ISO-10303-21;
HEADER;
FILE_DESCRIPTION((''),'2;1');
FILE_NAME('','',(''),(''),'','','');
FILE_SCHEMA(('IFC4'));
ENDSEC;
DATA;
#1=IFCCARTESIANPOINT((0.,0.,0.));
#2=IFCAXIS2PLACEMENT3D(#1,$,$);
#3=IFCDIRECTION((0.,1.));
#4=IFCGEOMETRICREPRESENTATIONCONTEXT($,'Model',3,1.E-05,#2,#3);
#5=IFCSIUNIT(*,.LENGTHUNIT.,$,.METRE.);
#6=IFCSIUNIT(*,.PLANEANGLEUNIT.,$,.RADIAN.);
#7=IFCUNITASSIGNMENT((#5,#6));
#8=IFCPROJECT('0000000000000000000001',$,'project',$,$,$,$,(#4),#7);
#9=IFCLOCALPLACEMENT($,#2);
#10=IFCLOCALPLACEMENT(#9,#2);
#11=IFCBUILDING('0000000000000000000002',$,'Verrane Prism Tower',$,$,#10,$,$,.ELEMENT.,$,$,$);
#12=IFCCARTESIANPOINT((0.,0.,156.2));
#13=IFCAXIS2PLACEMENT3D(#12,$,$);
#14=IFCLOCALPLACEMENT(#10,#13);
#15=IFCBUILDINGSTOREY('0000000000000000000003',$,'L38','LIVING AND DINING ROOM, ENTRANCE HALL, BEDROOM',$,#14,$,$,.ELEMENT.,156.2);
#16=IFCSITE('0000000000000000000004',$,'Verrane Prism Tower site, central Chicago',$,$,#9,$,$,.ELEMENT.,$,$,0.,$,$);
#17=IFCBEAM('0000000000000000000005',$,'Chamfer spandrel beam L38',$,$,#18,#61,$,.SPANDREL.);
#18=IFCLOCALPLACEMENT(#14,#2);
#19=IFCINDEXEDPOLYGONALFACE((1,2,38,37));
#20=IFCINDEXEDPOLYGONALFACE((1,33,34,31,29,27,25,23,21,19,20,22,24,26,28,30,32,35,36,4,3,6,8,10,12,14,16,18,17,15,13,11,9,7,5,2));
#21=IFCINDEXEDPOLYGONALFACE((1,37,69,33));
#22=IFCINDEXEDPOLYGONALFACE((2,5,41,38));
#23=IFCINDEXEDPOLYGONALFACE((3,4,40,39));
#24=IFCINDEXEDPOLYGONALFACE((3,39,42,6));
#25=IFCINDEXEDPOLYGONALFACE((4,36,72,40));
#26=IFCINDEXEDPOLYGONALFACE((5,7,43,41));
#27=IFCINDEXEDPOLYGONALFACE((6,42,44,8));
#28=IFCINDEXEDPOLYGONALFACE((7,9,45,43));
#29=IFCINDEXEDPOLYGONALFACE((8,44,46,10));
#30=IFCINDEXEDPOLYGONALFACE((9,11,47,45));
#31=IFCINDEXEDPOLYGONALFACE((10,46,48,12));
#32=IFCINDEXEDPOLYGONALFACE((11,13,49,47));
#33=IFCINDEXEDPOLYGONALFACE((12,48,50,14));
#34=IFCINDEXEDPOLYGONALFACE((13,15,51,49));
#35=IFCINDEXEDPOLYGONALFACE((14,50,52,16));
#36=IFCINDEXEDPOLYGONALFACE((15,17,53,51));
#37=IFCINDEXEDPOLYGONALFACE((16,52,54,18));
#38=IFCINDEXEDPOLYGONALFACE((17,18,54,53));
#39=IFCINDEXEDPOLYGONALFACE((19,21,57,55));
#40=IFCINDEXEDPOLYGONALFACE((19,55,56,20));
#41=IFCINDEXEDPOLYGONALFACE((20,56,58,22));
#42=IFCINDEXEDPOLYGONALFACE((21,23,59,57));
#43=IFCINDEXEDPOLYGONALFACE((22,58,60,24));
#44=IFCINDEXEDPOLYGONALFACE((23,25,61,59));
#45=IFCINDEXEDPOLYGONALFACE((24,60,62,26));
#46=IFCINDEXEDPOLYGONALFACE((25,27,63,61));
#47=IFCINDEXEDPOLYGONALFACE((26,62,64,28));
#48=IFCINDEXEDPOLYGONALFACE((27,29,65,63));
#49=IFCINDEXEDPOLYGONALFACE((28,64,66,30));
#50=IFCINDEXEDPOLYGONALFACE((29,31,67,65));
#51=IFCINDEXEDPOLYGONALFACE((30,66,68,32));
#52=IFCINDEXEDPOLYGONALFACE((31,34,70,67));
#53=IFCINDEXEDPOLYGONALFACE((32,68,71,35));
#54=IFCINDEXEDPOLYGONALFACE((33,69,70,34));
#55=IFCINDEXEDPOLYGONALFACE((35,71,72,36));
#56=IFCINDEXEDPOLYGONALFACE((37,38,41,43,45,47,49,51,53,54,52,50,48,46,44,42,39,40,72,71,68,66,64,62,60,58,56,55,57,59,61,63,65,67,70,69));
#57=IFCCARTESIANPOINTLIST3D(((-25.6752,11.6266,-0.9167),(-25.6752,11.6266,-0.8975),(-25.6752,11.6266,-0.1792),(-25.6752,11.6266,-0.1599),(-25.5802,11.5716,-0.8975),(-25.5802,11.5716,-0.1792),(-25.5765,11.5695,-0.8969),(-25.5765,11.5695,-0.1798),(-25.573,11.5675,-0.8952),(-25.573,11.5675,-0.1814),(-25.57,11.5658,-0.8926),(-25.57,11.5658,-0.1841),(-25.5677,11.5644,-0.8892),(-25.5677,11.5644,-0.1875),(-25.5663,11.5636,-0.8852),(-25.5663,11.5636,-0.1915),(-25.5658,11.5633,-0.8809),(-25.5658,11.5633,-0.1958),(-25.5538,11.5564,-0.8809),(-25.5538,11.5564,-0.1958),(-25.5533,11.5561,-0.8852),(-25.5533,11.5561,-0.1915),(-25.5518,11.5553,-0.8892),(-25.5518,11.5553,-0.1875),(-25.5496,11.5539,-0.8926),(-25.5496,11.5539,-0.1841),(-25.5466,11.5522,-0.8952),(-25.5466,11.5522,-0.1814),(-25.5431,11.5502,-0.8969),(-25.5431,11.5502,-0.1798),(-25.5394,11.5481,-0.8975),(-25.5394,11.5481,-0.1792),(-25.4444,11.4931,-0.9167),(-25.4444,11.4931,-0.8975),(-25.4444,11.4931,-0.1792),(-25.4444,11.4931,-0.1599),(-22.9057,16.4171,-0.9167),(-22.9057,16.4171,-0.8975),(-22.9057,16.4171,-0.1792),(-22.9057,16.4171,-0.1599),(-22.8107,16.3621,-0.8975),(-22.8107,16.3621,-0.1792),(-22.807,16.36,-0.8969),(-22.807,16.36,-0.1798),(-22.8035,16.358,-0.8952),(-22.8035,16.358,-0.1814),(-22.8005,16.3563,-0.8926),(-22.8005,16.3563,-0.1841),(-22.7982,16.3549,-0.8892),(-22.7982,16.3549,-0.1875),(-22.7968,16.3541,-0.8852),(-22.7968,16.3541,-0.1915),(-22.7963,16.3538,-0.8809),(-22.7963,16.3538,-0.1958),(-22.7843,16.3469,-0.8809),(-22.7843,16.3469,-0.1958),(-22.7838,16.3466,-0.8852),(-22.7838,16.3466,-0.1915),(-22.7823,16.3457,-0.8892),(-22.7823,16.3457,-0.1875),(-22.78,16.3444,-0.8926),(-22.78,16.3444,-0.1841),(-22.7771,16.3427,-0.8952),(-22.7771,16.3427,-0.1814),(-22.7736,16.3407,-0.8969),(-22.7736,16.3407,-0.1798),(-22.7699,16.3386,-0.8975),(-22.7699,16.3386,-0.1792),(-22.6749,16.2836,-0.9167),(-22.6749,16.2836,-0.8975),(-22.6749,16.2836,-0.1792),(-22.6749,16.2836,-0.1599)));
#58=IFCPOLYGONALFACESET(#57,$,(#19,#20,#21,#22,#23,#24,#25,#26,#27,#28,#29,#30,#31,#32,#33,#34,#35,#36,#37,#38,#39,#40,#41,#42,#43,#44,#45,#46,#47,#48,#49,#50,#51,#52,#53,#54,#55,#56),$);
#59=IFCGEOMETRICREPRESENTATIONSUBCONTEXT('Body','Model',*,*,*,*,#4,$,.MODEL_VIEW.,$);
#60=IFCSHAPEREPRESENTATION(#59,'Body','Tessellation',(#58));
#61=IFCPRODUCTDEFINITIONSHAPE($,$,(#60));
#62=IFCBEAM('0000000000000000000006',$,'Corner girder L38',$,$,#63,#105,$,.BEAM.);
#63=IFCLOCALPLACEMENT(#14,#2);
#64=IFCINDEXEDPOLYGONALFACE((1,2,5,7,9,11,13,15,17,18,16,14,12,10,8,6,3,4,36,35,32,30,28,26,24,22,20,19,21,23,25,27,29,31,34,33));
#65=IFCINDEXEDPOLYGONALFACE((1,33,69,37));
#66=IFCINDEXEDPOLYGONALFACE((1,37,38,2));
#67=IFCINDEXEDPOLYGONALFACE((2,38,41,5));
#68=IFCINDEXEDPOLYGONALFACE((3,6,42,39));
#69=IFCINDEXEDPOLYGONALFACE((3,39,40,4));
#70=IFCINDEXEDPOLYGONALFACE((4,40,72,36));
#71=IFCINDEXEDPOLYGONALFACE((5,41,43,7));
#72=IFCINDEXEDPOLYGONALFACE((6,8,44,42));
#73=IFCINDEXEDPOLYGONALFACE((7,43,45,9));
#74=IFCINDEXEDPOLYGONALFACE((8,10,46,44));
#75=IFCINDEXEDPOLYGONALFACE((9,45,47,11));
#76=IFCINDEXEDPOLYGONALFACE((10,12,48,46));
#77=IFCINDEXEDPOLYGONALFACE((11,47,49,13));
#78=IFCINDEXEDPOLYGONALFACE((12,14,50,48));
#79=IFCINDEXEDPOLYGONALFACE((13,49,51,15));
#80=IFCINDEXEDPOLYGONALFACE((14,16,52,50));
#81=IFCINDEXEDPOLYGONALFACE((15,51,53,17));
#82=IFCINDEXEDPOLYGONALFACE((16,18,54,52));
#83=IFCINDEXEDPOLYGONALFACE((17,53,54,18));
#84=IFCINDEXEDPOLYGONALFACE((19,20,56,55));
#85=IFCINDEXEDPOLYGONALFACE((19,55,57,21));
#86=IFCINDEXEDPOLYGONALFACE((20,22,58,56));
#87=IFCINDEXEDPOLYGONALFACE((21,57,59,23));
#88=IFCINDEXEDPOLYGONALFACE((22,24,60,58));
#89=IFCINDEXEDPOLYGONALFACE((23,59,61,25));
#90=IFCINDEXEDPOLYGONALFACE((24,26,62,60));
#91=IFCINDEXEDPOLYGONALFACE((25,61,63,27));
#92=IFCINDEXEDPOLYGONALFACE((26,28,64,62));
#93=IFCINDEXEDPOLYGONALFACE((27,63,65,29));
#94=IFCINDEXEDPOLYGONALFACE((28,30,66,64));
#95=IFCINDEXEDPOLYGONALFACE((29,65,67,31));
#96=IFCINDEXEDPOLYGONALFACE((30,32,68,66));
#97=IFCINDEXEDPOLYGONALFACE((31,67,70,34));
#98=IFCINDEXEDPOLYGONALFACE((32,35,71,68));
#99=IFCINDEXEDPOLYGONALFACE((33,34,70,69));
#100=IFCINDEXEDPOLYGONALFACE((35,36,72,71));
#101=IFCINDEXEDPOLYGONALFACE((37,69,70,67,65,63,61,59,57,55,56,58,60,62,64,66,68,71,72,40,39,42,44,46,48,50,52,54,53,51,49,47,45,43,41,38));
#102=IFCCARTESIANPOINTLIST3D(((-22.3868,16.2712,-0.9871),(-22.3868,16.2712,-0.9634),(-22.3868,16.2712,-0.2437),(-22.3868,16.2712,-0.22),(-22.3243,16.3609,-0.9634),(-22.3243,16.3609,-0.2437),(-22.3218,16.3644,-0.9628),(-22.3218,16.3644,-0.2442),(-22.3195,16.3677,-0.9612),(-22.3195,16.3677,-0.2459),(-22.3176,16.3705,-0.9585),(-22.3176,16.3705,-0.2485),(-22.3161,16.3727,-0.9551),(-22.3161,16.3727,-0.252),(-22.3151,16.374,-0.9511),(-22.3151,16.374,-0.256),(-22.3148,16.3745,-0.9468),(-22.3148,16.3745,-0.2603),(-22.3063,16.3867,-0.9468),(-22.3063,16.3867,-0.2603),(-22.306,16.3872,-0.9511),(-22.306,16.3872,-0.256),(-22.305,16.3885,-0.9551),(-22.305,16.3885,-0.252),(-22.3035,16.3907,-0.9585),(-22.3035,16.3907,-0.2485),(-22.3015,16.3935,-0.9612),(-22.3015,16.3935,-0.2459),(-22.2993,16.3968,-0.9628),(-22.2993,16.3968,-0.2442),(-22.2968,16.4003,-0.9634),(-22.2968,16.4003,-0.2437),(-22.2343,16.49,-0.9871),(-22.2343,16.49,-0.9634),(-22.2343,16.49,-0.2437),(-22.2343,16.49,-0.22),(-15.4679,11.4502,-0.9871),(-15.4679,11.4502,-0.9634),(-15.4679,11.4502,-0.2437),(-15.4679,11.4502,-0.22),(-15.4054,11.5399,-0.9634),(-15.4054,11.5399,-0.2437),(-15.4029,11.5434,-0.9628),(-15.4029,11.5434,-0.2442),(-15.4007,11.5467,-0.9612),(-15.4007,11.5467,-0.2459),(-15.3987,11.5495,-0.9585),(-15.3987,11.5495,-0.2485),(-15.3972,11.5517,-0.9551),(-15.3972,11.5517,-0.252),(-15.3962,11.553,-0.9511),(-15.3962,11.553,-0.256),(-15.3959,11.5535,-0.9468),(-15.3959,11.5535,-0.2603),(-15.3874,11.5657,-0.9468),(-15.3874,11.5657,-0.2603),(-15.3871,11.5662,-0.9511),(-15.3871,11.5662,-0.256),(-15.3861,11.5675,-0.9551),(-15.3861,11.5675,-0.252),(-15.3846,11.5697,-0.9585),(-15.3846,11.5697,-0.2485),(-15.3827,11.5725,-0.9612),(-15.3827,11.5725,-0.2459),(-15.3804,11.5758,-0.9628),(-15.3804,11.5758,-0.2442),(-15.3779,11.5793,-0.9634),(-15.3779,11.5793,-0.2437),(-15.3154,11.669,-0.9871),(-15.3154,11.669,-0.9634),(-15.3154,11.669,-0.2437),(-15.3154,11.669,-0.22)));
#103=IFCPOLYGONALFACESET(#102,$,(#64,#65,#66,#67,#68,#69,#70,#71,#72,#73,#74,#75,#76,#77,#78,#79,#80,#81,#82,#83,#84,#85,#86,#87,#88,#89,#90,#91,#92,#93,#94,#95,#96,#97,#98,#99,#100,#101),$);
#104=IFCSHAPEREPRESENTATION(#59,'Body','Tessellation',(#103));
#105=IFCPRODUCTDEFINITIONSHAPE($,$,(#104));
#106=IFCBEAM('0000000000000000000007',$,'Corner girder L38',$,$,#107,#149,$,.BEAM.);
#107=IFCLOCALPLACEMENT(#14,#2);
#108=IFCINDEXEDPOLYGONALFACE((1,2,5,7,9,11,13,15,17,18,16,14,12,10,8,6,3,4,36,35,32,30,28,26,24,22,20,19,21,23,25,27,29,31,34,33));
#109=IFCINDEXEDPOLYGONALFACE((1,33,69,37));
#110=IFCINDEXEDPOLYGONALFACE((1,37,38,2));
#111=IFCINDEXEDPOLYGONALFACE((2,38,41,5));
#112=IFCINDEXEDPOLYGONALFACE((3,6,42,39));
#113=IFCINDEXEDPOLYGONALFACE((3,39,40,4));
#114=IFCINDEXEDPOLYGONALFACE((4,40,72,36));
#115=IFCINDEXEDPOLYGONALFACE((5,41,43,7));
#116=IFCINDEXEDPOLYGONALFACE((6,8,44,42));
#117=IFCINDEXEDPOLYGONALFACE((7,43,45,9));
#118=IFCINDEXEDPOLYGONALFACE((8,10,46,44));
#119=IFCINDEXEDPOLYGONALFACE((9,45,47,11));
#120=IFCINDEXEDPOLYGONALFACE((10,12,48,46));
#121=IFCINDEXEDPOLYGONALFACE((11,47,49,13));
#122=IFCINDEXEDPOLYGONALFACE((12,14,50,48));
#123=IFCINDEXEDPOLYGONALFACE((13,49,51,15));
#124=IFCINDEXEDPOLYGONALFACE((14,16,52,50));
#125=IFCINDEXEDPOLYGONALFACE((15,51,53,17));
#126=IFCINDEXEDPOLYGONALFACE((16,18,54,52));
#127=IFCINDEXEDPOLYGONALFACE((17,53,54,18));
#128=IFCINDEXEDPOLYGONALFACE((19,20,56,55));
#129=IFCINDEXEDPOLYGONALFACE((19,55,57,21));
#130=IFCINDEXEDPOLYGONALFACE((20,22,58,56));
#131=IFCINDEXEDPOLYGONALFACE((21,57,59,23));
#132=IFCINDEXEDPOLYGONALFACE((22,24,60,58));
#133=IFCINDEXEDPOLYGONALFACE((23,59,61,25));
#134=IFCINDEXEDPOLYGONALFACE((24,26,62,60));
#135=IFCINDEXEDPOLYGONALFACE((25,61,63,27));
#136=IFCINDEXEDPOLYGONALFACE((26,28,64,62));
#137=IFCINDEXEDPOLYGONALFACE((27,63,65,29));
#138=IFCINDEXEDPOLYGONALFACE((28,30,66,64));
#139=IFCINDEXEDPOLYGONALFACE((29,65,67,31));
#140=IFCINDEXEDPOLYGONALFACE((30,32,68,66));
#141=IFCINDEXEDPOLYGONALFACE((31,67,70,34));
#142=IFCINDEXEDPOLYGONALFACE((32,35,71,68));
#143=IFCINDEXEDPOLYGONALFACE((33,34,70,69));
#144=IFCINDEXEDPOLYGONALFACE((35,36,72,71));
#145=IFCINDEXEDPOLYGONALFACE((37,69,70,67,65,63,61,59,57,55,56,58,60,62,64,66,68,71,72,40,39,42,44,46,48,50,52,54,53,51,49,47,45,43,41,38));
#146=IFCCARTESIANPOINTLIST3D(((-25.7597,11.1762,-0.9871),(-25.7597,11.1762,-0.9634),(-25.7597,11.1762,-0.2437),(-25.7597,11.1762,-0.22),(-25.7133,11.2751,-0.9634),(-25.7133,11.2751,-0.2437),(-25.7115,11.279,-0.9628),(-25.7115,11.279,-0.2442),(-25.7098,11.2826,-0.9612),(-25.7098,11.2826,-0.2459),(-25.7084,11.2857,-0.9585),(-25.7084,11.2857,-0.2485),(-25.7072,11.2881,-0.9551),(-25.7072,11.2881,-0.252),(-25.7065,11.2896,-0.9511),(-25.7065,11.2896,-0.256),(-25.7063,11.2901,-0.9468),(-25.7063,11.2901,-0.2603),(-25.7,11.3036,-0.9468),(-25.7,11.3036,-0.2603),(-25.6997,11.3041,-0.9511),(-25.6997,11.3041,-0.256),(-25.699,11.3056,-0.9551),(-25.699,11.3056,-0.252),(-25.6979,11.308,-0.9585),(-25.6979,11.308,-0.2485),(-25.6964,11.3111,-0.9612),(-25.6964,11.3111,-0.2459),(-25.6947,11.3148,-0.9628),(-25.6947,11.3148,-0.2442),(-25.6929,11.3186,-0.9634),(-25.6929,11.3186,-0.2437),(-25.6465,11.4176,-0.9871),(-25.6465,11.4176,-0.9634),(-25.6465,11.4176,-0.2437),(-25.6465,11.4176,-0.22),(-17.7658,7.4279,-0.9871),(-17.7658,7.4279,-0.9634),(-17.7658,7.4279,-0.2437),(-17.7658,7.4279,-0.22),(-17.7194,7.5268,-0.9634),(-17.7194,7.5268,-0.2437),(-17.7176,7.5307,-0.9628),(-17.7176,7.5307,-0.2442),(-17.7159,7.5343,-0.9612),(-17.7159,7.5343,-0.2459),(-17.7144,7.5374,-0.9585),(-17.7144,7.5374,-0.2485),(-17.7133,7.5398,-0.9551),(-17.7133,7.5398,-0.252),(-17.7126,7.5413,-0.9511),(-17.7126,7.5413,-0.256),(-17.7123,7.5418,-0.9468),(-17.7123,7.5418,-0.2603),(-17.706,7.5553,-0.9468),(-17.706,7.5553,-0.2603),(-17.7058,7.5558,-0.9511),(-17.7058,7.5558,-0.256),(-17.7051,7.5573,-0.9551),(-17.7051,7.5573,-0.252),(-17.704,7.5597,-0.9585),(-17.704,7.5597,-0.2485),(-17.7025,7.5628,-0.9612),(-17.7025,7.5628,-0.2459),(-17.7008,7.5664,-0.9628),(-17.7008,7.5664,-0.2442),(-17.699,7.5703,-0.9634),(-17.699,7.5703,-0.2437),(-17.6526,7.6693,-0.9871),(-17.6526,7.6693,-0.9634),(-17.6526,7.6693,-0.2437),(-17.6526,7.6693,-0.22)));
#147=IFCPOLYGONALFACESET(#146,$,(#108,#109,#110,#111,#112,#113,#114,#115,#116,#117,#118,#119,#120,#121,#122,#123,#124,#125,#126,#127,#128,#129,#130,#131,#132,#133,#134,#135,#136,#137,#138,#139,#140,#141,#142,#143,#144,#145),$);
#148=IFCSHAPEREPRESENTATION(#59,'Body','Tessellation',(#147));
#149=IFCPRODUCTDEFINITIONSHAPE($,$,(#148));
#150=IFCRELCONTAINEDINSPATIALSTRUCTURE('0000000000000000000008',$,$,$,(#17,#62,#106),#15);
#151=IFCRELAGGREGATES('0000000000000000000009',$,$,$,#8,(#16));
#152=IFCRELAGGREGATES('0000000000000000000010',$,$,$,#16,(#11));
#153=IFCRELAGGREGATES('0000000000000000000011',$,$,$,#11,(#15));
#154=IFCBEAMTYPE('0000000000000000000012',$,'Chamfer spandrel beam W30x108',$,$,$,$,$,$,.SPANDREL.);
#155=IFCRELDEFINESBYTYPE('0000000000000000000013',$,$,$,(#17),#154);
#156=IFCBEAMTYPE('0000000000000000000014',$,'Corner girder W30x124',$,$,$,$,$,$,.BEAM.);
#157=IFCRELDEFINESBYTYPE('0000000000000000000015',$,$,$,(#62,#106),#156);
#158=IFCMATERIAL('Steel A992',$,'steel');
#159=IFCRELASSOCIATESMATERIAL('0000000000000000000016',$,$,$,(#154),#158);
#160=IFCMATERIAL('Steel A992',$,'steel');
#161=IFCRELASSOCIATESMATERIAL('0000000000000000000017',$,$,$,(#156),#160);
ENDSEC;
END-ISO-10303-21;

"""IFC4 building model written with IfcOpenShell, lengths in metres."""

from ifc_helpers import new_model, si_unit, direction, frame, origin, origin_2d, place, context, subcontext, project, spatial, i_section, extrude, material, material_profile, profile_set, type_object, element, save


model = new_model("IFC4")

# Units and contexts
model_context = context("Model", 3, precision=1e-05, world=origin(), true_north=direction((0.0, 1.0)))
body_context = subcontext(model_context, "Body", "Model", "MODEL_VIEW")
ifc_project = project(units=[si_unit("LENGTHUNIT", "METRE"), si_unit("PLANEANGLEUNIT", "RADIAN")], contexts=[model_context])

# Site, building, storey
site_placement = place(None, origin())
site = spatial("IfcSite", under=ifc_project, at=site_placement, Name="Verrane Prism Tower site, central Chicago", CompositionType="ELEMENT", RefElevation=0.0)
building_placement = place(site_placement, origin())
building = spatial("IfcBuilding", under=site, at=building_placement, Name="Verrane Prism Tower", CompositionType="ELEMENT")
storey_placement = place(building_placement, frame((0.0, 0.0, 156.2)))
storey = spatial("IfcBuildingStorey", under=building, at=storey_placement, Name="L38", Description="LIVING AND DINING ROOM, ENTRANCE HALL, BEDROOM", CompositionType="ELEMENT", Elevation=156.2)

# Beams
ifc_material_1 = material(Name="Steel A992", Category="steel")
ifc_material_profile_1 = material_profile(ifc_material_1, i_section(OverallWidth=0.2666, OverallDepth=0.7568, WebThickness=0.0139, FlangeThickness=0.0193, FilletRadius=0.0166, at=origin_2d()), Name="W30x108")
ifc_profile_set_1 = profile_set([ifc_material_profile_1], Name="Steel A992")
beam_type_1 = type_object("IfcBeamType", Name="Chamfer spandrel beam W30x108", PredefinedType="SPANDREL", material=ifc_profile_set_1)
beam_1_placement = place(storey_placement, frame((-22.7903, 16.3503, -0.5383), z_axis=(-0.500504, -0.865734, 0.0), x_axis=(0.865734, -0.500504, 0.0)))
element("IfcBeam", 1, at=beam_1_placement, inside=storey, type_object=beam_type_1, Name="Chamfer spandrel beam L38", PredefinedType="SPANDREL", context=body_context, shape_type="SweptSolid", body=[
    extrude(i_section(OverallWidth=0.2666, OverallDepth=0.7568, WebThickness=0.0139, FlangeThickness=0.0193, FilletRadius=0.0166, at=origin_2d()), origin(), (0.0, 0.0, 1.0), 5.5334),
])
ifc_material_2 = material(Name="Steel A992", Category="steel")
ifc_material_profile_2 = material_profile(ifc_material_2, i_section(OverallWidth=0.2666, OverallDepth=0.7671, WebThickness=0.0149, FlangeThickness=0.0237, FilletRadius=0.0166, at=origin_2d()), Name="W30x124")
ifc_profile_set_2 = profile_set([ifc_material_profile_2], Name="Steel A992")
beam_type_2 = type_object("IfcBeamType", Name="Corner girder W30x124", PredefinedType="BEAM", material=ifc_profile_set_2)
beam_2_placement = place(storey_placement, frame((-22.3105, 16.3806, -0.6035), z_axis=(0.820468, -0.571693, 0.0), x_axis=(0.571693, 0.820468, 0.0)))
element("IfcBeam", 2, at=beam_2_placement, inside=storey, type_object=beam_type_2, Name="Corner girder L38", PredefinedType="BEAM", context=body_context, shape_type="SweptSolid", body=[
    extrude(i_section(OverallWidth=0.2666, OverallDepth=0.7671, WebThickness=0.0149, FlangeThickness=0.0237, FilletRadius=0.0166, at=origin_2d()), origin(), (0.0, 0.0, 1.0), 8.4329),
])
beam_3_placement = place(storey_placement, frame((-25.7031, 11.2969, -0.6035), z_axis=(0.905409, -0.424541, 0.0), x_axis=(0.424541, 0.905409, 0.0)))
element("IfcBeam", 3, at=beam_3_placement, inside=storey, type_object=beam_type_2, Name="Corner girder L38", PredefinedType="BEAM", context=body_context, shape_type="SweptSolid", body=[
    extrude(i_section(OverallWidth=0.2666, OverallDepth=0.7671, WebThickness=0.0149, FlangeThickness=0.0237, FilletRadius=0.0166, at=origin_2d()), origin(), (0.0, 0.0, 1.0), 8.8291),
])

save(model, "model.ifc")
